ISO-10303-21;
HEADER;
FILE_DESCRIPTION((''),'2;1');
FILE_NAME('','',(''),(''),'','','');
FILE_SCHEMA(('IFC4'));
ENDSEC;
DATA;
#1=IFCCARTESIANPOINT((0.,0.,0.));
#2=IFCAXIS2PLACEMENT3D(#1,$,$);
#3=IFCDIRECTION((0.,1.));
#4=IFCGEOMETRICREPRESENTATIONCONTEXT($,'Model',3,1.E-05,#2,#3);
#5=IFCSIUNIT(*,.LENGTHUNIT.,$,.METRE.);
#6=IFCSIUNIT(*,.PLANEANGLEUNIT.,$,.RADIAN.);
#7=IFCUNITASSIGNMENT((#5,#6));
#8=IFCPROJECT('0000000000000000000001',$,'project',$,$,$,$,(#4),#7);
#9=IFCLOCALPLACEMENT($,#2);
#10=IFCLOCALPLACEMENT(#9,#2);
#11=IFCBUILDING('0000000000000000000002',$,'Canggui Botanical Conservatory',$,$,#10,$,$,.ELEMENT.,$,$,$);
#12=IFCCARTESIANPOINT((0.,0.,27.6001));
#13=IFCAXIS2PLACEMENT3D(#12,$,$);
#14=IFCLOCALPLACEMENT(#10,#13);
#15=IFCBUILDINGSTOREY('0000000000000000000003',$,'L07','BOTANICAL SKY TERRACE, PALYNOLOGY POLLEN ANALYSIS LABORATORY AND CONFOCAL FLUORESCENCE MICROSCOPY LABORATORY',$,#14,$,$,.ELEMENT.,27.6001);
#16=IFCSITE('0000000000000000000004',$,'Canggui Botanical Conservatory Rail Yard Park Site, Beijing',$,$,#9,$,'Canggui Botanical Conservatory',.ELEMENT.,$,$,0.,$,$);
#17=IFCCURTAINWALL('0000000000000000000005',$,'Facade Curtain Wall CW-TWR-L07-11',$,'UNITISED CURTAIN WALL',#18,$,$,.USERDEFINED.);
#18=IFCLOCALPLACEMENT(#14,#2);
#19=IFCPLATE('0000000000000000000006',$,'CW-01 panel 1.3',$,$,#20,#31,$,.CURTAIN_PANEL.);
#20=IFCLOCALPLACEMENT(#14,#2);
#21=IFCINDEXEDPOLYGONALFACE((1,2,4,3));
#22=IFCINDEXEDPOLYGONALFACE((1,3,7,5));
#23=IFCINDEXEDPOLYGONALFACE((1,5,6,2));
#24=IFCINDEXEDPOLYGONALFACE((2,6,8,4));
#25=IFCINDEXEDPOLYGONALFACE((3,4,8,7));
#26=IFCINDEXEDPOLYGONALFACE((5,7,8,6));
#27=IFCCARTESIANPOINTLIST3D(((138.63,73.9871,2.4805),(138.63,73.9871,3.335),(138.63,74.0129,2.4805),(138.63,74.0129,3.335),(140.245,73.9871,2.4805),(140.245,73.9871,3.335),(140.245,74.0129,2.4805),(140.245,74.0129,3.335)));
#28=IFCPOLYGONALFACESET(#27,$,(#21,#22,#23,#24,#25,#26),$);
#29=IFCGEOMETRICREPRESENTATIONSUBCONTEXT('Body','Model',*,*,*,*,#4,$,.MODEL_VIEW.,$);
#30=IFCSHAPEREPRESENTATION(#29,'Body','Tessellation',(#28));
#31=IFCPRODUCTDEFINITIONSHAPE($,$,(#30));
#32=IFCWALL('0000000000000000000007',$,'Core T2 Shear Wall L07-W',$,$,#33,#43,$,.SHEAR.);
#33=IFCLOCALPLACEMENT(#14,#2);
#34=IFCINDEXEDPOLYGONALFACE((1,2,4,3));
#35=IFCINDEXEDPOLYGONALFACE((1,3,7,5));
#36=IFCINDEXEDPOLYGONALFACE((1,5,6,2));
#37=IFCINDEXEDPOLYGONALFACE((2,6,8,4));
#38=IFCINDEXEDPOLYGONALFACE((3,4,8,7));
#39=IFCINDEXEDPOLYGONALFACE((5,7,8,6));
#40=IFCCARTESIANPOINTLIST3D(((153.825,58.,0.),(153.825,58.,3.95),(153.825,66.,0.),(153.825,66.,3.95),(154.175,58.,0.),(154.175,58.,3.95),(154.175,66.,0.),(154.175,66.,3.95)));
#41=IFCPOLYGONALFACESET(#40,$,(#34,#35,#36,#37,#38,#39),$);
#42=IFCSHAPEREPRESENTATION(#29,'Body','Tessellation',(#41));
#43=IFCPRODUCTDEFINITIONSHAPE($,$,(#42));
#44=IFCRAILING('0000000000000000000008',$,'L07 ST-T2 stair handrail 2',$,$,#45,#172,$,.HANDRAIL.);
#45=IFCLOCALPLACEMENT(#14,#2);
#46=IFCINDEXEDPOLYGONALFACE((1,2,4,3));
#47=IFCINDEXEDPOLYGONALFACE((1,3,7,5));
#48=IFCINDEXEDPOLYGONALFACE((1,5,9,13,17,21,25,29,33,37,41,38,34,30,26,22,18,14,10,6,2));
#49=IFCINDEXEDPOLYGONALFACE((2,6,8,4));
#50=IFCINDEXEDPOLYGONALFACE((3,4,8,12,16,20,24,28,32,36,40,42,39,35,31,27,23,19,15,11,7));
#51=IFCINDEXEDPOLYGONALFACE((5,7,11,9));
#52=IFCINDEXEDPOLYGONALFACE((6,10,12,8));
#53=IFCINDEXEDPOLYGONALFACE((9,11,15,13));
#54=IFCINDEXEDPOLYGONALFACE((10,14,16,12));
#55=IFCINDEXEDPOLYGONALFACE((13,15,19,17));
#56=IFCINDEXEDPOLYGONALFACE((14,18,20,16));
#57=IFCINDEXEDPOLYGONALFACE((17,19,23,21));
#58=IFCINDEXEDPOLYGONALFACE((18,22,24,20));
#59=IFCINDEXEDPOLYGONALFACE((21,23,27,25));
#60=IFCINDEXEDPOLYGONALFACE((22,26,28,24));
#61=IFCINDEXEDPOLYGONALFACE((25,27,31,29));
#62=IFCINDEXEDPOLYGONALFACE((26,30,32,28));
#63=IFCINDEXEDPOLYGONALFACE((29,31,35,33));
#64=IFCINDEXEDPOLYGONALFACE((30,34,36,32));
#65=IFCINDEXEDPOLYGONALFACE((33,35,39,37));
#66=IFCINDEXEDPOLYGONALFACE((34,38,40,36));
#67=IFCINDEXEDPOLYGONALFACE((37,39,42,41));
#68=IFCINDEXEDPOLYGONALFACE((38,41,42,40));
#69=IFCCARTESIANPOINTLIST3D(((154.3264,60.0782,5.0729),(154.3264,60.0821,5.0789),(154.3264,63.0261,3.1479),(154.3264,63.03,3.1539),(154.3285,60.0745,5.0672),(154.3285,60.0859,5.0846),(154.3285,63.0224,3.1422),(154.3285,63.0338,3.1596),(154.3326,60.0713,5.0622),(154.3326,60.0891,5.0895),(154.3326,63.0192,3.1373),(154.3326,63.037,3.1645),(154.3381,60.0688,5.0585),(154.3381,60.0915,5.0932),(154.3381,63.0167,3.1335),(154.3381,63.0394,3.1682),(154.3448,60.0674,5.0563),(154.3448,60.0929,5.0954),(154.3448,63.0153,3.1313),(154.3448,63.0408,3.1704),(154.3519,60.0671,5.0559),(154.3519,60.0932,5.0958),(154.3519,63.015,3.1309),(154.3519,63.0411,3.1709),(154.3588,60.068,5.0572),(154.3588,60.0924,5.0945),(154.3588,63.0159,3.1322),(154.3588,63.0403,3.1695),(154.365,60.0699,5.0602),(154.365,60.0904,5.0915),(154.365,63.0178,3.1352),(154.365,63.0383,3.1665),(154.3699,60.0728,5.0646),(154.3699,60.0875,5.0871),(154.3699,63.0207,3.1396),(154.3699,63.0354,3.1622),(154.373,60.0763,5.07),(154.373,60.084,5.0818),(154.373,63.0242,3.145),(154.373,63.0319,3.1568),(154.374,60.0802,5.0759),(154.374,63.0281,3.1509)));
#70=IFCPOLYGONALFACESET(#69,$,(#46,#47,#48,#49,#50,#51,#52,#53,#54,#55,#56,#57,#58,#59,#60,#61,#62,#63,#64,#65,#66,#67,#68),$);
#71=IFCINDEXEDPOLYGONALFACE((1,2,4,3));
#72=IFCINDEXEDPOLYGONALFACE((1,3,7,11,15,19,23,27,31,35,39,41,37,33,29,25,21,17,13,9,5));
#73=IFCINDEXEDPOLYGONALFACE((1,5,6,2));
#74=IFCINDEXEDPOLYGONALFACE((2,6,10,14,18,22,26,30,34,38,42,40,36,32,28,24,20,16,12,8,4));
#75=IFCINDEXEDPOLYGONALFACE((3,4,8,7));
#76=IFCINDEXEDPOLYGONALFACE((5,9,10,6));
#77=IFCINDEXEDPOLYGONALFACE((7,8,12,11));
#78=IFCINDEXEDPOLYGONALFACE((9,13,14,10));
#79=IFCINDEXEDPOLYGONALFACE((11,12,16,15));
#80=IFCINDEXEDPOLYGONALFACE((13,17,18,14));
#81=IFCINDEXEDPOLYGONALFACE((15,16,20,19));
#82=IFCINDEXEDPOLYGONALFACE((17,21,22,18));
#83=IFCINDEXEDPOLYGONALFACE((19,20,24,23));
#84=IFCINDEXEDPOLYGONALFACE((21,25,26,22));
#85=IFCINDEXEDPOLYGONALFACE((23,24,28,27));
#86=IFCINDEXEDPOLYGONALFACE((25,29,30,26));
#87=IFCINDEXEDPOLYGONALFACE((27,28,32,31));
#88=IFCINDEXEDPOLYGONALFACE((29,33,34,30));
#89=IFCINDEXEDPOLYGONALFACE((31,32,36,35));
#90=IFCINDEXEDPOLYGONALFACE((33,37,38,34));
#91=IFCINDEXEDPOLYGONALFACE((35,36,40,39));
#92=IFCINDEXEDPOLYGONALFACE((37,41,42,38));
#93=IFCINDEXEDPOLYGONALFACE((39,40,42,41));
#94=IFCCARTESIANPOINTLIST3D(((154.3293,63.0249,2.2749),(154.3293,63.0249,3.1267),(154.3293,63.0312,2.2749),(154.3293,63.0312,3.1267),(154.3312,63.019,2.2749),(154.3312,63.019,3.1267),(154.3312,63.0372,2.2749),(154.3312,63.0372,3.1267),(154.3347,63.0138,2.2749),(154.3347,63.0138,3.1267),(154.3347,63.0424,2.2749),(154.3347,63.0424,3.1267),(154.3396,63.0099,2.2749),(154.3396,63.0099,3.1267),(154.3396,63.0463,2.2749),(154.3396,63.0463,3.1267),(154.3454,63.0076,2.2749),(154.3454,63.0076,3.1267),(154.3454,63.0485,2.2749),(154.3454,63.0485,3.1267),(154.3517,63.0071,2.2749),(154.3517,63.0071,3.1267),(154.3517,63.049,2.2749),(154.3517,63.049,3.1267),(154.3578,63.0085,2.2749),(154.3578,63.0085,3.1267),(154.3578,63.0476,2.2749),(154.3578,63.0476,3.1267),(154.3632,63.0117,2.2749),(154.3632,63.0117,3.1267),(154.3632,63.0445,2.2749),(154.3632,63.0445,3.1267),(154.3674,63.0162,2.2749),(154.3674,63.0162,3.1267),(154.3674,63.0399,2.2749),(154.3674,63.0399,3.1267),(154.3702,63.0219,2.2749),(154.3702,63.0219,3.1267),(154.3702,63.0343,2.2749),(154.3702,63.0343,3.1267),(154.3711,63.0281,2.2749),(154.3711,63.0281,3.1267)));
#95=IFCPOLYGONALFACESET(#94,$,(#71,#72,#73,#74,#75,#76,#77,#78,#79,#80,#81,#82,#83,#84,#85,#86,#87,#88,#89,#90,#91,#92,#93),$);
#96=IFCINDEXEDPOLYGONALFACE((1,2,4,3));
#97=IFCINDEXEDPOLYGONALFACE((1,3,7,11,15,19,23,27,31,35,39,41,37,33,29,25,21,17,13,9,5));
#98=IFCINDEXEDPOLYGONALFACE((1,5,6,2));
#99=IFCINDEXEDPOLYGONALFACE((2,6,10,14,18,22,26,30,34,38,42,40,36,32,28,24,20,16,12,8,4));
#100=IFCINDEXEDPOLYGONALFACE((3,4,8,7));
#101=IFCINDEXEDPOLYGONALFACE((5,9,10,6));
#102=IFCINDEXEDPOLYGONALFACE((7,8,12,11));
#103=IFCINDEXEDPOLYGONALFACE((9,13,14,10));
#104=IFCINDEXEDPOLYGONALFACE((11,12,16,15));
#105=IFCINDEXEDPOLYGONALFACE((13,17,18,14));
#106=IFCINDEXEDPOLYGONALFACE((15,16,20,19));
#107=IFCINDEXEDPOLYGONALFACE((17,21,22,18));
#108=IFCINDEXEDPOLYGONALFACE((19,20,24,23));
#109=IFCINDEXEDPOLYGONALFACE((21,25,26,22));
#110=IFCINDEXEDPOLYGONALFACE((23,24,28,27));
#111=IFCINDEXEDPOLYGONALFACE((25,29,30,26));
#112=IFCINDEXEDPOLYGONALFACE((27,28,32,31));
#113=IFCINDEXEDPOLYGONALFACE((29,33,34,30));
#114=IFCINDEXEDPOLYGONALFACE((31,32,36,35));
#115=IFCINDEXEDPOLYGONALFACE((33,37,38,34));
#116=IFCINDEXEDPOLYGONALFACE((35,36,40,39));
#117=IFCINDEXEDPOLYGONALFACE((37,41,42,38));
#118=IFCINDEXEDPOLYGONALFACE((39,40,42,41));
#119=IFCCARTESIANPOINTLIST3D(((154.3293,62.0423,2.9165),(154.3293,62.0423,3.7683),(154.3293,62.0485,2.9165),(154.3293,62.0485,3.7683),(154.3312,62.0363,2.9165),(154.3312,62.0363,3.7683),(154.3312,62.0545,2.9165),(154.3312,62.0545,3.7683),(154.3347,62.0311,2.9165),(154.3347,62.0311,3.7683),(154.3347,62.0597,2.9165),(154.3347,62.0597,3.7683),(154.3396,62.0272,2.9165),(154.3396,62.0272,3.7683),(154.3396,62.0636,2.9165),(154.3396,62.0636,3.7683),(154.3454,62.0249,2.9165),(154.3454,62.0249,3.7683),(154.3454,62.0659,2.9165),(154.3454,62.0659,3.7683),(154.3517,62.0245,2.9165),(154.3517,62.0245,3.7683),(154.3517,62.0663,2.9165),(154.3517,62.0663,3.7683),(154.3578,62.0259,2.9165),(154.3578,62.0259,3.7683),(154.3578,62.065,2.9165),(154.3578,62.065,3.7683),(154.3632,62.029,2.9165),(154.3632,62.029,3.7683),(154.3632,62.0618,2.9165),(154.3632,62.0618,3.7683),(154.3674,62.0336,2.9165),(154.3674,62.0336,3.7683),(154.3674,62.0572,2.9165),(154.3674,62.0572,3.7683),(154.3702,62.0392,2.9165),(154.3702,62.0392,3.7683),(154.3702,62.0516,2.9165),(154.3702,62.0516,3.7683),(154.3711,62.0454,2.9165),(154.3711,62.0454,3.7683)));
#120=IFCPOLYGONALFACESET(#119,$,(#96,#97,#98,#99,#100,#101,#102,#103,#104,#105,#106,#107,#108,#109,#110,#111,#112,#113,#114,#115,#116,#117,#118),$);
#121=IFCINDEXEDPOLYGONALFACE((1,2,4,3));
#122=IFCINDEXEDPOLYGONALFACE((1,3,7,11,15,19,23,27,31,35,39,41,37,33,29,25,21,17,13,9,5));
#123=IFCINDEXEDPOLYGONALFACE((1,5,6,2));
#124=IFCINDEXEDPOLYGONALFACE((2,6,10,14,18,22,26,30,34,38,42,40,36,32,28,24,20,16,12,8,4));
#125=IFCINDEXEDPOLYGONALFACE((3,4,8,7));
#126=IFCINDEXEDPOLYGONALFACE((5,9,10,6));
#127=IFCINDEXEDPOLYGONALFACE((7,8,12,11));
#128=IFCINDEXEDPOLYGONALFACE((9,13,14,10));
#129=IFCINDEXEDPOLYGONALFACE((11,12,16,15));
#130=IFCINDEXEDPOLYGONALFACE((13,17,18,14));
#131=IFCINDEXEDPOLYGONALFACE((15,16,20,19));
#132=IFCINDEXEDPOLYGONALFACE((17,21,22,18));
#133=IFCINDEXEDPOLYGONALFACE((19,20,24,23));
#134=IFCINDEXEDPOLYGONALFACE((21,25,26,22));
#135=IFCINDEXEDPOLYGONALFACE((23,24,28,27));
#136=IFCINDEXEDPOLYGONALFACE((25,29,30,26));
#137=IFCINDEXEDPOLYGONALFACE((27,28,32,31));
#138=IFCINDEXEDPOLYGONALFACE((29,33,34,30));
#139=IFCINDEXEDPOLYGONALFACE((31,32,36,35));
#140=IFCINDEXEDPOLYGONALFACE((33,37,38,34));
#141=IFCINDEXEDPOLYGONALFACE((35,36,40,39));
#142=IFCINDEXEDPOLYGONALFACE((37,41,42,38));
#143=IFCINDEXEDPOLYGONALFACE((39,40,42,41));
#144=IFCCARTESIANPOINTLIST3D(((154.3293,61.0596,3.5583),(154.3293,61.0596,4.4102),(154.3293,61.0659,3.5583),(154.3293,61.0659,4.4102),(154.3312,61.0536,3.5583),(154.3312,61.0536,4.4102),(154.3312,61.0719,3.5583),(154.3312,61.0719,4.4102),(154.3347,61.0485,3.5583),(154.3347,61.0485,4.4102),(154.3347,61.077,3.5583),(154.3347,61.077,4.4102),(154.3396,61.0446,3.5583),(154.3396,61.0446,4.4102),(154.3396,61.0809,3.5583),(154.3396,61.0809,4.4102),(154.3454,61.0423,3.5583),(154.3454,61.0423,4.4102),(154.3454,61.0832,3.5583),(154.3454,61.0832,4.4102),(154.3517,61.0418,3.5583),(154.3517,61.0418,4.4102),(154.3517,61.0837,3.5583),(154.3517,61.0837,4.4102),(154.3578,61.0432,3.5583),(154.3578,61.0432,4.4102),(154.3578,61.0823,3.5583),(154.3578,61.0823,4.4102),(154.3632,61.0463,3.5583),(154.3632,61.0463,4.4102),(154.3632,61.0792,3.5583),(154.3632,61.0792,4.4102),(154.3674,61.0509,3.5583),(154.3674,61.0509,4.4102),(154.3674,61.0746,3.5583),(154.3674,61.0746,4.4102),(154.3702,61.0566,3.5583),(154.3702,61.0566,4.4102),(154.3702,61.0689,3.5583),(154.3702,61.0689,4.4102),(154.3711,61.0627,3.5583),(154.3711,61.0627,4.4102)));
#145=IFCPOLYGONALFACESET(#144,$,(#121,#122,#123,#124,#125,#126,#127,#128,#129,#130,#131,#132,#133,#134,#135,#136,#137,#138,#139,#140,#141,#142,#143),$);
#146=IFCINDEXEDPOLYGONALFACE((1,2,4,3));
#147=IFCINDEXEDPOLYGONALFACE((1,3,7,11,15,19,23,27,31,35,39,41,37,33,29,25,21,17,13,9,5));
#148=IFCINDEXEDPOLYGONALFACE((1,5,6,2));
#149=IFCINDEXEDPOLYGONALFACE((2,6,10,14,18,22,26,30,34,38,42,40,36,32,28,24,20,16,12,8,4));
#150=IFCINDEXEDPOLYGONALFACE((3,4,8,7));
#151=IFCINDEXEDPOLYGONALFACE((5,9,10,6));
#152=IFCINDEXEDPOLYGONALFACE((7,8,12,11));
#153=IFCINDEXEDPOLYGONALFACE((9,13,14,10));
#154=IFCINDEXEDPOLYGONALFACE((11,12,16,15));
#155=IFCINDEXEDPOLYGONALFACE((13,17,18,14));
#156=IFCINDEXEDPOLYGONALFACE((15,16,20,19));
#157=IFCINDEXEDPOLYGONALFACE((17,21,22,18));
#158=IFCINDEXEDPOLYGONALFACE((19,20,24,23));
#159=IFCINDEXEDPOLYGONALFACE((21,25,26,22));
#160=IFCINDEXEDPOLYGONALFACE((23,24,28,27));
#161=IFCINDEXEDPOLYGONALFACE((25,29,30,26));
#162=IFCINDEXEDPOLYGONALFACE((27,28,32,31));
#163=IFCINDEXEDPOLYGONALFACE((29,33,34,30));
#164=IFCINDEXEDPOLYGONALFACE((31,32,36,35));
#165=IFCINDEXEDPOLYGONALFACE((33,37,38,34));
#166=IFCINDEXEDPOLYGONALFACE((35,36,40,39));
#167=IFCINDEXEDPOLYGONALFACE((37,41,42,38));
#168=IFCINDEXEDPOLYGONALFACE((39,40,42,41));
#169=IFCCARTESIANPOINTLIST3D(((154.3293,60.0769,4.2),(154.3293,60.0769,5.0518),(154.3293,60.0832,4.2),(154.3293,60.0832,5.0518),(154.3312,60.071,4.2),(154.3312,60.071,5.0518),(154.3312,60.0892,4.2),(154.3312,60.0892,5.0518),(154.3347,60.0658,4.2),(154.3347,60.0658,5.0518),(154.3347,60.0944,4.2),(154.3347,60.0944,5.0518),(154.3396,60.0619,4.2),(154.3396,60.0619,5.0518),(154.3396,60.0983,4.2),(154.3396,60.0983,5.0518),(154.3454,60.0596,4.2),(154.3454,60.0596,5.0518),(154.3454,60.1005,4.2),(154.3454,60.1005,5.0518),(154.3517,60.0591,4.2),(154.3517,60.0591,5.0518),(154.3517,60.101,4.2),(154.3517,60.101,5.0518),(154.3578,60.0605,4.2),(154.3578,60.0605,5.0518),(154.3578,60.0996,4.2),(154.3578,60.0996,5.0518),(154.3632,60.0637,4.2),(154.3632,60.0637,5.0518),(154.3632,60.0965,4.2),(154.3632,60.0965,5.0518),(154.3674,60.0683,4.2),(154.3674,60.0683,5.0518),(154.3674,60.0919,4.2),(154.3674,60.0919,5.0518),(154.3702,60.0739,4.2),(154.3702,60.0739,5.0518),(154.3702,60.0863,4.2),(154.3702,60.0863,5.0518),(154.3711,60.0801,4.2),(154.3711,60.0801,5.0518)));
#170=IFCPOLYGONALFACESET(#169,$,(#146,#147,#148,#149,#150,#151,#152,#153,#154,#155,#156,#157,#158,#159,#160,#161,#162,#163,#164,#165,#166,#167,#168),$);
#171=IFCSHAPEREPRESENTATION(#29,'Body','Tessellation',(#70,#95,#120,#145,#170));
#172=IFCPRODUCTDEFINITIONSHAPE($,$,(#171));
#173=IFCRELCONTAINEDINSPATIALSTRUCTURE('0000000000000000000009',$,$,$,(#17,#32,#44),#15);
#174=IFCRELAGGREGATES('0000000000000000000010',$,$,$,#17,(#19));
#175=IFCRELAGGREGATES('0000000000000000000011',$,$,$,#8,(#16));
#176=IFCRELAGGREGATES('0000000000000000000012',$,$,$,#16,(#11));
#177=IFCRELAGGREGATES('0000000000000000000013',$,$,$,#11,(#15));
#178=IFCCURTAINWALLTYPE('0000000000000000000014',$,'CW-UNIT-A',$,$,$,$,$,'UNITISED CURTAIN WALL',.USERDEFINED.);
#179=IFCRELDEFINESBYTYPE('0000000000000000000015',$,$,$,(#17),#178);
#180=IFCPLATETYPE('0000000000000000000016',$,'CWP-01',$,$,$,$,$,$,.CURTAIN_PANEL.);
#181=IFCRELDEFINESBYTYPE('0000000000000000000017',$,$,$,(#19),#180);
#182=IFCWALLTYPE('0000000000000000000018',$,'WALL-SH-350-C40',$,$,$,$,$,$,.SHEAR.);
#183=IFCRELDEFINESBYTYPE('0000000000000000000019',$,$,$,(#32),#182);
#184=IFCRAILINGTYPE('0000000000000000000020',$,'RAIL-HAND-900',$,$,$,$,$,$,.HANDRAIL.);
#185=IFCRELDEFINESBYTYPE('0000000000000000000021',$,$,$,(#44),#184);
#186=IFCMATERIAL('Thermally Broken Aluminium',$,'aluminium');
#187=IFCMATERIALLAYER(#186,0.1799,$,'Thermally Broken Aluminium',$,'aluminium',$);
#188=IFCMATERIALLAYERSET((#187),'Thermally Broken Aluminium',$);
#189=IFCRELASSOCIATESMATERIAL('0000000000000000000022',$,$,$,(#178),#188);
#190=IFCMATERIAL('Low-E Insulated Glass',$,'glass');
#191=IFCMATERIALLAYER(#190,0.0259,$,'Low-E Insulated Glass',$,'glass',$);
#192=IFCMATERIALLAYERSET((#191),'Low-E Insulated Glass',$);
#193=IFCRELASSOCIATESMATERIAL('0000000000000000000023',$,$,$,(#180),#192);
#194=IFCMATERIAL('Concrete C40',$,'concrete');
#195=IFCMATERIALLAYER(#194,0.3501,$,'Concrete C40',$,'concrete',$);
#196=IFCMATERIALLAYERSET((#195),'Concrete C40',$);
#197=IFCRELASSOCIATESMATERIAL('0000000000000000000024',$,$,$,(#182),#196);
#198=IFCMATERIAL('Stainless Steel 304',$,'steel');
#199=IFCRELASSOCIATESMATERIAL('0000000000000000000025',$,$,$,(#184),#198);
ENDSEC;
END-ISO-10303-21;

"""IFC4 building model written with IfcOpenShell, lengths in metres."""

from ifc_helpers import new_model, si_unit, direction, frame, frame_2d, origin, origin_2d, place, context, subcontext, project, spatial, rectangle, circle, extrude, material, layer, layer_set, type_object, element, aggregate, save


model = new_model("IFC4")

# Units and contexts
model_context = context("Model", 3, precision=1e-05, world=origin(), true_north=direction((0.0, 1.0)))
body_context = subcontext(model_context, "Body", "Model", "MODEL_VIEW")
ifc_project = project(units=[si_unit("LENGTHUNIT", "METRE"), si_unit("PLANEANGLEUNIT", "RADIAN")], contexts=[model_context])

# Site, building, storey
site_placement = place(None, origin())
site = spatial("IfcSite", under=ifc_project, at=site_placement, Name="Canggui Botanical Conservatory Rail Yard Park Site, Beijing", LongName="Canggui Botanical Conservatory", CompositionType="ELEMENT", RefElevation=0.0)
building_placement = place(site_placement, origin())
building = spatial("IfcBuilding", under=site, at=building_placement, Name="Canggui Botanical Conservatory", CompositionType="ELEMENT")
storey_placement = place(building_placement, frame((0.0, 0.0, 27.6001)))
storey = spatial("IfcBuildingStorey", under=building, at=storey_placement, Name="L07", Description="BOTANICAL SKY TERRACE, PALYNOLOGY POLLEN ANALYSIS LABORATORY AND CONFOCAL FLUORESCENCE MICROSCOPY LABORATORY", CompositionType="ELEMENT", Elevation=27.6001)

# Shared definitions
ifc_material_1 = material(Name="Concrete C40", Category="concrete")

# Curtain wall, plate
ifc_material_2 = material(Name="Thermally Broken Aluminium", Category="aluminium")
ifc_layer_1 = layer(ifc_material_2, 0.1799, Name="Thermally Broken Aluminium", Category="aluminium")
ifc_layer_set_1 = layer_set([ifc_layer_1], Name="Thermally Broken Aluminium")
curtain_wall_type = type_object("IfcCurtainWallType", Name="CW-UNIT-A", ElementType="UNITISED CURTAIN WALL", PredefinedType="USERDEFINED", material=ifc_layer_set_1)
curtain_wall_placement = place(storey_placement, origin())
curtain_wall = element("IfcCurtainWall", 1, at=curtain_wall_placement, inside=storey, type_object=curtain_wall_type, Name="Facade Curtain Wall CW-TWR-L07-11", ObjectType="UNITISED CURTAIN WALL", PredefinedType="USERDEFINED")
ifc_material_3 = material(Name="Low-E Insulated Glass", Category="glass")
ifc_layer_2 = layer(ifc_material_3, 0.0259, Name="Low-E Insulated Glass", Category="glass")
ifc_layer_set_2 = layer_set([ifc_layer_2], Name="Low-E Insulated Glass")
plate_type = type_object("IfcPlateType", Name="CWP-01", PredefinedType="CURTAIN_PANEL", material=ifc_layer_set_2)
plate_1_placement = place(storey_placement, frame((139.4375, 74.0, 2.4805), z_axis=(0.0, 0.0, 1.0), x_axis=(1.0, 0.0, 0.0)))
plate_1 = element("IfcPlate", 2, at=plate_1_placement, type_object=plate_type, Name="CW-01 panel 1.3", PredefinedType="CURTAIN_PANEL", context=body_context, shape_type="SweptSolid", body=[
    extrude(rectangle(XDim=1.615, YDim=0.0259, at=origin_2d()), origin(), (0.0, 0.0, 1.0), 0.8545),
])
aggregate(curtain_wall, [plate_1])

# Wall
ifc_layer_3 = layer(ifc_material_1, 0.3501, Name="Concrete C40", Category="concrete")
ifc_layer_set_3 = layer_set([ifc_layer_3], Name="Concrete C40")
wall_type = type_object("IfcWallType", Name="WALL-SH-350-C40", PredefinedType="SHEAR", material=ifc_layer_set_3)
wall_placement = place(storey_placement, frame((154.0, 66.0, 0.0), z_axis=(0.0, 0.0, 1.0), x_axis=(0.0, -1.0, 0.0)))
element("IfcWall", 3, at=wall_placement, inside=storey, type_object=wall_type, Name="Core T2 Shear Wall L07-W", PredefinedType="SHEAR", context=body_context, shape_type="SweptSolid", body=[
    extrude(rectangle(XDim=8.0, YDim=0.3501, at=frame_2d((4.0, 0.0))), origin(), (0.0, 0.0, 1.0), 3.95),
])

# Railing
ifc_material_4 = material(Name="Stainless Steel 304", Category="steel")
railing_type = type_object("IfcRailingType", Name="RAIL-HAND-900", PredefinedType="HANDRAIL", material=ifc_material_4)
railing_placement = place(storey_placement, frame((154.3501, 63.0281, 2.2749)))
element("IfcRailing", 4, at=railing_placement, inside=storey, type_object=railing_type, Name="L07 ST-T2 stair handrail 2", PredefinedType="HANDRAIL", context=body_context, shape_type="SweptSolid", body=[
    extrude(circle(Radius=0.0239, at=origin_2d()), frame((0.0, 0.0, 0.876), z_axis=(0.0, -0.837293, 0.546754), x_axis=(1.0, 0.0, 0.0)), (0.0, 0.0, 1.0), 3.5208),
    extrude(circle(Radius=0.021, at=origin_2d()), origin(), (0.0, 0.0, 1.0), 0.8518),
    extrude(circle(Radius=0.021, at=origin_2d()), frame((0.0, -0.9827, 0.6416)), (0.0, 0.0, 1.0), 0.8518),
    extrude(circle(Radius=0.021, at=origin_2d()), frame((0.0, -1.9653, 1.2834)), (0.0, 0.0, 1.0), 0.8518),
    extrude(circle(Radius=0.021, at=origin_2d()), frame((0.0, -2.948, 1.925)), (0.0, 0.0, 1.0), 0.8518),
])

save(model, "model.ifc")
